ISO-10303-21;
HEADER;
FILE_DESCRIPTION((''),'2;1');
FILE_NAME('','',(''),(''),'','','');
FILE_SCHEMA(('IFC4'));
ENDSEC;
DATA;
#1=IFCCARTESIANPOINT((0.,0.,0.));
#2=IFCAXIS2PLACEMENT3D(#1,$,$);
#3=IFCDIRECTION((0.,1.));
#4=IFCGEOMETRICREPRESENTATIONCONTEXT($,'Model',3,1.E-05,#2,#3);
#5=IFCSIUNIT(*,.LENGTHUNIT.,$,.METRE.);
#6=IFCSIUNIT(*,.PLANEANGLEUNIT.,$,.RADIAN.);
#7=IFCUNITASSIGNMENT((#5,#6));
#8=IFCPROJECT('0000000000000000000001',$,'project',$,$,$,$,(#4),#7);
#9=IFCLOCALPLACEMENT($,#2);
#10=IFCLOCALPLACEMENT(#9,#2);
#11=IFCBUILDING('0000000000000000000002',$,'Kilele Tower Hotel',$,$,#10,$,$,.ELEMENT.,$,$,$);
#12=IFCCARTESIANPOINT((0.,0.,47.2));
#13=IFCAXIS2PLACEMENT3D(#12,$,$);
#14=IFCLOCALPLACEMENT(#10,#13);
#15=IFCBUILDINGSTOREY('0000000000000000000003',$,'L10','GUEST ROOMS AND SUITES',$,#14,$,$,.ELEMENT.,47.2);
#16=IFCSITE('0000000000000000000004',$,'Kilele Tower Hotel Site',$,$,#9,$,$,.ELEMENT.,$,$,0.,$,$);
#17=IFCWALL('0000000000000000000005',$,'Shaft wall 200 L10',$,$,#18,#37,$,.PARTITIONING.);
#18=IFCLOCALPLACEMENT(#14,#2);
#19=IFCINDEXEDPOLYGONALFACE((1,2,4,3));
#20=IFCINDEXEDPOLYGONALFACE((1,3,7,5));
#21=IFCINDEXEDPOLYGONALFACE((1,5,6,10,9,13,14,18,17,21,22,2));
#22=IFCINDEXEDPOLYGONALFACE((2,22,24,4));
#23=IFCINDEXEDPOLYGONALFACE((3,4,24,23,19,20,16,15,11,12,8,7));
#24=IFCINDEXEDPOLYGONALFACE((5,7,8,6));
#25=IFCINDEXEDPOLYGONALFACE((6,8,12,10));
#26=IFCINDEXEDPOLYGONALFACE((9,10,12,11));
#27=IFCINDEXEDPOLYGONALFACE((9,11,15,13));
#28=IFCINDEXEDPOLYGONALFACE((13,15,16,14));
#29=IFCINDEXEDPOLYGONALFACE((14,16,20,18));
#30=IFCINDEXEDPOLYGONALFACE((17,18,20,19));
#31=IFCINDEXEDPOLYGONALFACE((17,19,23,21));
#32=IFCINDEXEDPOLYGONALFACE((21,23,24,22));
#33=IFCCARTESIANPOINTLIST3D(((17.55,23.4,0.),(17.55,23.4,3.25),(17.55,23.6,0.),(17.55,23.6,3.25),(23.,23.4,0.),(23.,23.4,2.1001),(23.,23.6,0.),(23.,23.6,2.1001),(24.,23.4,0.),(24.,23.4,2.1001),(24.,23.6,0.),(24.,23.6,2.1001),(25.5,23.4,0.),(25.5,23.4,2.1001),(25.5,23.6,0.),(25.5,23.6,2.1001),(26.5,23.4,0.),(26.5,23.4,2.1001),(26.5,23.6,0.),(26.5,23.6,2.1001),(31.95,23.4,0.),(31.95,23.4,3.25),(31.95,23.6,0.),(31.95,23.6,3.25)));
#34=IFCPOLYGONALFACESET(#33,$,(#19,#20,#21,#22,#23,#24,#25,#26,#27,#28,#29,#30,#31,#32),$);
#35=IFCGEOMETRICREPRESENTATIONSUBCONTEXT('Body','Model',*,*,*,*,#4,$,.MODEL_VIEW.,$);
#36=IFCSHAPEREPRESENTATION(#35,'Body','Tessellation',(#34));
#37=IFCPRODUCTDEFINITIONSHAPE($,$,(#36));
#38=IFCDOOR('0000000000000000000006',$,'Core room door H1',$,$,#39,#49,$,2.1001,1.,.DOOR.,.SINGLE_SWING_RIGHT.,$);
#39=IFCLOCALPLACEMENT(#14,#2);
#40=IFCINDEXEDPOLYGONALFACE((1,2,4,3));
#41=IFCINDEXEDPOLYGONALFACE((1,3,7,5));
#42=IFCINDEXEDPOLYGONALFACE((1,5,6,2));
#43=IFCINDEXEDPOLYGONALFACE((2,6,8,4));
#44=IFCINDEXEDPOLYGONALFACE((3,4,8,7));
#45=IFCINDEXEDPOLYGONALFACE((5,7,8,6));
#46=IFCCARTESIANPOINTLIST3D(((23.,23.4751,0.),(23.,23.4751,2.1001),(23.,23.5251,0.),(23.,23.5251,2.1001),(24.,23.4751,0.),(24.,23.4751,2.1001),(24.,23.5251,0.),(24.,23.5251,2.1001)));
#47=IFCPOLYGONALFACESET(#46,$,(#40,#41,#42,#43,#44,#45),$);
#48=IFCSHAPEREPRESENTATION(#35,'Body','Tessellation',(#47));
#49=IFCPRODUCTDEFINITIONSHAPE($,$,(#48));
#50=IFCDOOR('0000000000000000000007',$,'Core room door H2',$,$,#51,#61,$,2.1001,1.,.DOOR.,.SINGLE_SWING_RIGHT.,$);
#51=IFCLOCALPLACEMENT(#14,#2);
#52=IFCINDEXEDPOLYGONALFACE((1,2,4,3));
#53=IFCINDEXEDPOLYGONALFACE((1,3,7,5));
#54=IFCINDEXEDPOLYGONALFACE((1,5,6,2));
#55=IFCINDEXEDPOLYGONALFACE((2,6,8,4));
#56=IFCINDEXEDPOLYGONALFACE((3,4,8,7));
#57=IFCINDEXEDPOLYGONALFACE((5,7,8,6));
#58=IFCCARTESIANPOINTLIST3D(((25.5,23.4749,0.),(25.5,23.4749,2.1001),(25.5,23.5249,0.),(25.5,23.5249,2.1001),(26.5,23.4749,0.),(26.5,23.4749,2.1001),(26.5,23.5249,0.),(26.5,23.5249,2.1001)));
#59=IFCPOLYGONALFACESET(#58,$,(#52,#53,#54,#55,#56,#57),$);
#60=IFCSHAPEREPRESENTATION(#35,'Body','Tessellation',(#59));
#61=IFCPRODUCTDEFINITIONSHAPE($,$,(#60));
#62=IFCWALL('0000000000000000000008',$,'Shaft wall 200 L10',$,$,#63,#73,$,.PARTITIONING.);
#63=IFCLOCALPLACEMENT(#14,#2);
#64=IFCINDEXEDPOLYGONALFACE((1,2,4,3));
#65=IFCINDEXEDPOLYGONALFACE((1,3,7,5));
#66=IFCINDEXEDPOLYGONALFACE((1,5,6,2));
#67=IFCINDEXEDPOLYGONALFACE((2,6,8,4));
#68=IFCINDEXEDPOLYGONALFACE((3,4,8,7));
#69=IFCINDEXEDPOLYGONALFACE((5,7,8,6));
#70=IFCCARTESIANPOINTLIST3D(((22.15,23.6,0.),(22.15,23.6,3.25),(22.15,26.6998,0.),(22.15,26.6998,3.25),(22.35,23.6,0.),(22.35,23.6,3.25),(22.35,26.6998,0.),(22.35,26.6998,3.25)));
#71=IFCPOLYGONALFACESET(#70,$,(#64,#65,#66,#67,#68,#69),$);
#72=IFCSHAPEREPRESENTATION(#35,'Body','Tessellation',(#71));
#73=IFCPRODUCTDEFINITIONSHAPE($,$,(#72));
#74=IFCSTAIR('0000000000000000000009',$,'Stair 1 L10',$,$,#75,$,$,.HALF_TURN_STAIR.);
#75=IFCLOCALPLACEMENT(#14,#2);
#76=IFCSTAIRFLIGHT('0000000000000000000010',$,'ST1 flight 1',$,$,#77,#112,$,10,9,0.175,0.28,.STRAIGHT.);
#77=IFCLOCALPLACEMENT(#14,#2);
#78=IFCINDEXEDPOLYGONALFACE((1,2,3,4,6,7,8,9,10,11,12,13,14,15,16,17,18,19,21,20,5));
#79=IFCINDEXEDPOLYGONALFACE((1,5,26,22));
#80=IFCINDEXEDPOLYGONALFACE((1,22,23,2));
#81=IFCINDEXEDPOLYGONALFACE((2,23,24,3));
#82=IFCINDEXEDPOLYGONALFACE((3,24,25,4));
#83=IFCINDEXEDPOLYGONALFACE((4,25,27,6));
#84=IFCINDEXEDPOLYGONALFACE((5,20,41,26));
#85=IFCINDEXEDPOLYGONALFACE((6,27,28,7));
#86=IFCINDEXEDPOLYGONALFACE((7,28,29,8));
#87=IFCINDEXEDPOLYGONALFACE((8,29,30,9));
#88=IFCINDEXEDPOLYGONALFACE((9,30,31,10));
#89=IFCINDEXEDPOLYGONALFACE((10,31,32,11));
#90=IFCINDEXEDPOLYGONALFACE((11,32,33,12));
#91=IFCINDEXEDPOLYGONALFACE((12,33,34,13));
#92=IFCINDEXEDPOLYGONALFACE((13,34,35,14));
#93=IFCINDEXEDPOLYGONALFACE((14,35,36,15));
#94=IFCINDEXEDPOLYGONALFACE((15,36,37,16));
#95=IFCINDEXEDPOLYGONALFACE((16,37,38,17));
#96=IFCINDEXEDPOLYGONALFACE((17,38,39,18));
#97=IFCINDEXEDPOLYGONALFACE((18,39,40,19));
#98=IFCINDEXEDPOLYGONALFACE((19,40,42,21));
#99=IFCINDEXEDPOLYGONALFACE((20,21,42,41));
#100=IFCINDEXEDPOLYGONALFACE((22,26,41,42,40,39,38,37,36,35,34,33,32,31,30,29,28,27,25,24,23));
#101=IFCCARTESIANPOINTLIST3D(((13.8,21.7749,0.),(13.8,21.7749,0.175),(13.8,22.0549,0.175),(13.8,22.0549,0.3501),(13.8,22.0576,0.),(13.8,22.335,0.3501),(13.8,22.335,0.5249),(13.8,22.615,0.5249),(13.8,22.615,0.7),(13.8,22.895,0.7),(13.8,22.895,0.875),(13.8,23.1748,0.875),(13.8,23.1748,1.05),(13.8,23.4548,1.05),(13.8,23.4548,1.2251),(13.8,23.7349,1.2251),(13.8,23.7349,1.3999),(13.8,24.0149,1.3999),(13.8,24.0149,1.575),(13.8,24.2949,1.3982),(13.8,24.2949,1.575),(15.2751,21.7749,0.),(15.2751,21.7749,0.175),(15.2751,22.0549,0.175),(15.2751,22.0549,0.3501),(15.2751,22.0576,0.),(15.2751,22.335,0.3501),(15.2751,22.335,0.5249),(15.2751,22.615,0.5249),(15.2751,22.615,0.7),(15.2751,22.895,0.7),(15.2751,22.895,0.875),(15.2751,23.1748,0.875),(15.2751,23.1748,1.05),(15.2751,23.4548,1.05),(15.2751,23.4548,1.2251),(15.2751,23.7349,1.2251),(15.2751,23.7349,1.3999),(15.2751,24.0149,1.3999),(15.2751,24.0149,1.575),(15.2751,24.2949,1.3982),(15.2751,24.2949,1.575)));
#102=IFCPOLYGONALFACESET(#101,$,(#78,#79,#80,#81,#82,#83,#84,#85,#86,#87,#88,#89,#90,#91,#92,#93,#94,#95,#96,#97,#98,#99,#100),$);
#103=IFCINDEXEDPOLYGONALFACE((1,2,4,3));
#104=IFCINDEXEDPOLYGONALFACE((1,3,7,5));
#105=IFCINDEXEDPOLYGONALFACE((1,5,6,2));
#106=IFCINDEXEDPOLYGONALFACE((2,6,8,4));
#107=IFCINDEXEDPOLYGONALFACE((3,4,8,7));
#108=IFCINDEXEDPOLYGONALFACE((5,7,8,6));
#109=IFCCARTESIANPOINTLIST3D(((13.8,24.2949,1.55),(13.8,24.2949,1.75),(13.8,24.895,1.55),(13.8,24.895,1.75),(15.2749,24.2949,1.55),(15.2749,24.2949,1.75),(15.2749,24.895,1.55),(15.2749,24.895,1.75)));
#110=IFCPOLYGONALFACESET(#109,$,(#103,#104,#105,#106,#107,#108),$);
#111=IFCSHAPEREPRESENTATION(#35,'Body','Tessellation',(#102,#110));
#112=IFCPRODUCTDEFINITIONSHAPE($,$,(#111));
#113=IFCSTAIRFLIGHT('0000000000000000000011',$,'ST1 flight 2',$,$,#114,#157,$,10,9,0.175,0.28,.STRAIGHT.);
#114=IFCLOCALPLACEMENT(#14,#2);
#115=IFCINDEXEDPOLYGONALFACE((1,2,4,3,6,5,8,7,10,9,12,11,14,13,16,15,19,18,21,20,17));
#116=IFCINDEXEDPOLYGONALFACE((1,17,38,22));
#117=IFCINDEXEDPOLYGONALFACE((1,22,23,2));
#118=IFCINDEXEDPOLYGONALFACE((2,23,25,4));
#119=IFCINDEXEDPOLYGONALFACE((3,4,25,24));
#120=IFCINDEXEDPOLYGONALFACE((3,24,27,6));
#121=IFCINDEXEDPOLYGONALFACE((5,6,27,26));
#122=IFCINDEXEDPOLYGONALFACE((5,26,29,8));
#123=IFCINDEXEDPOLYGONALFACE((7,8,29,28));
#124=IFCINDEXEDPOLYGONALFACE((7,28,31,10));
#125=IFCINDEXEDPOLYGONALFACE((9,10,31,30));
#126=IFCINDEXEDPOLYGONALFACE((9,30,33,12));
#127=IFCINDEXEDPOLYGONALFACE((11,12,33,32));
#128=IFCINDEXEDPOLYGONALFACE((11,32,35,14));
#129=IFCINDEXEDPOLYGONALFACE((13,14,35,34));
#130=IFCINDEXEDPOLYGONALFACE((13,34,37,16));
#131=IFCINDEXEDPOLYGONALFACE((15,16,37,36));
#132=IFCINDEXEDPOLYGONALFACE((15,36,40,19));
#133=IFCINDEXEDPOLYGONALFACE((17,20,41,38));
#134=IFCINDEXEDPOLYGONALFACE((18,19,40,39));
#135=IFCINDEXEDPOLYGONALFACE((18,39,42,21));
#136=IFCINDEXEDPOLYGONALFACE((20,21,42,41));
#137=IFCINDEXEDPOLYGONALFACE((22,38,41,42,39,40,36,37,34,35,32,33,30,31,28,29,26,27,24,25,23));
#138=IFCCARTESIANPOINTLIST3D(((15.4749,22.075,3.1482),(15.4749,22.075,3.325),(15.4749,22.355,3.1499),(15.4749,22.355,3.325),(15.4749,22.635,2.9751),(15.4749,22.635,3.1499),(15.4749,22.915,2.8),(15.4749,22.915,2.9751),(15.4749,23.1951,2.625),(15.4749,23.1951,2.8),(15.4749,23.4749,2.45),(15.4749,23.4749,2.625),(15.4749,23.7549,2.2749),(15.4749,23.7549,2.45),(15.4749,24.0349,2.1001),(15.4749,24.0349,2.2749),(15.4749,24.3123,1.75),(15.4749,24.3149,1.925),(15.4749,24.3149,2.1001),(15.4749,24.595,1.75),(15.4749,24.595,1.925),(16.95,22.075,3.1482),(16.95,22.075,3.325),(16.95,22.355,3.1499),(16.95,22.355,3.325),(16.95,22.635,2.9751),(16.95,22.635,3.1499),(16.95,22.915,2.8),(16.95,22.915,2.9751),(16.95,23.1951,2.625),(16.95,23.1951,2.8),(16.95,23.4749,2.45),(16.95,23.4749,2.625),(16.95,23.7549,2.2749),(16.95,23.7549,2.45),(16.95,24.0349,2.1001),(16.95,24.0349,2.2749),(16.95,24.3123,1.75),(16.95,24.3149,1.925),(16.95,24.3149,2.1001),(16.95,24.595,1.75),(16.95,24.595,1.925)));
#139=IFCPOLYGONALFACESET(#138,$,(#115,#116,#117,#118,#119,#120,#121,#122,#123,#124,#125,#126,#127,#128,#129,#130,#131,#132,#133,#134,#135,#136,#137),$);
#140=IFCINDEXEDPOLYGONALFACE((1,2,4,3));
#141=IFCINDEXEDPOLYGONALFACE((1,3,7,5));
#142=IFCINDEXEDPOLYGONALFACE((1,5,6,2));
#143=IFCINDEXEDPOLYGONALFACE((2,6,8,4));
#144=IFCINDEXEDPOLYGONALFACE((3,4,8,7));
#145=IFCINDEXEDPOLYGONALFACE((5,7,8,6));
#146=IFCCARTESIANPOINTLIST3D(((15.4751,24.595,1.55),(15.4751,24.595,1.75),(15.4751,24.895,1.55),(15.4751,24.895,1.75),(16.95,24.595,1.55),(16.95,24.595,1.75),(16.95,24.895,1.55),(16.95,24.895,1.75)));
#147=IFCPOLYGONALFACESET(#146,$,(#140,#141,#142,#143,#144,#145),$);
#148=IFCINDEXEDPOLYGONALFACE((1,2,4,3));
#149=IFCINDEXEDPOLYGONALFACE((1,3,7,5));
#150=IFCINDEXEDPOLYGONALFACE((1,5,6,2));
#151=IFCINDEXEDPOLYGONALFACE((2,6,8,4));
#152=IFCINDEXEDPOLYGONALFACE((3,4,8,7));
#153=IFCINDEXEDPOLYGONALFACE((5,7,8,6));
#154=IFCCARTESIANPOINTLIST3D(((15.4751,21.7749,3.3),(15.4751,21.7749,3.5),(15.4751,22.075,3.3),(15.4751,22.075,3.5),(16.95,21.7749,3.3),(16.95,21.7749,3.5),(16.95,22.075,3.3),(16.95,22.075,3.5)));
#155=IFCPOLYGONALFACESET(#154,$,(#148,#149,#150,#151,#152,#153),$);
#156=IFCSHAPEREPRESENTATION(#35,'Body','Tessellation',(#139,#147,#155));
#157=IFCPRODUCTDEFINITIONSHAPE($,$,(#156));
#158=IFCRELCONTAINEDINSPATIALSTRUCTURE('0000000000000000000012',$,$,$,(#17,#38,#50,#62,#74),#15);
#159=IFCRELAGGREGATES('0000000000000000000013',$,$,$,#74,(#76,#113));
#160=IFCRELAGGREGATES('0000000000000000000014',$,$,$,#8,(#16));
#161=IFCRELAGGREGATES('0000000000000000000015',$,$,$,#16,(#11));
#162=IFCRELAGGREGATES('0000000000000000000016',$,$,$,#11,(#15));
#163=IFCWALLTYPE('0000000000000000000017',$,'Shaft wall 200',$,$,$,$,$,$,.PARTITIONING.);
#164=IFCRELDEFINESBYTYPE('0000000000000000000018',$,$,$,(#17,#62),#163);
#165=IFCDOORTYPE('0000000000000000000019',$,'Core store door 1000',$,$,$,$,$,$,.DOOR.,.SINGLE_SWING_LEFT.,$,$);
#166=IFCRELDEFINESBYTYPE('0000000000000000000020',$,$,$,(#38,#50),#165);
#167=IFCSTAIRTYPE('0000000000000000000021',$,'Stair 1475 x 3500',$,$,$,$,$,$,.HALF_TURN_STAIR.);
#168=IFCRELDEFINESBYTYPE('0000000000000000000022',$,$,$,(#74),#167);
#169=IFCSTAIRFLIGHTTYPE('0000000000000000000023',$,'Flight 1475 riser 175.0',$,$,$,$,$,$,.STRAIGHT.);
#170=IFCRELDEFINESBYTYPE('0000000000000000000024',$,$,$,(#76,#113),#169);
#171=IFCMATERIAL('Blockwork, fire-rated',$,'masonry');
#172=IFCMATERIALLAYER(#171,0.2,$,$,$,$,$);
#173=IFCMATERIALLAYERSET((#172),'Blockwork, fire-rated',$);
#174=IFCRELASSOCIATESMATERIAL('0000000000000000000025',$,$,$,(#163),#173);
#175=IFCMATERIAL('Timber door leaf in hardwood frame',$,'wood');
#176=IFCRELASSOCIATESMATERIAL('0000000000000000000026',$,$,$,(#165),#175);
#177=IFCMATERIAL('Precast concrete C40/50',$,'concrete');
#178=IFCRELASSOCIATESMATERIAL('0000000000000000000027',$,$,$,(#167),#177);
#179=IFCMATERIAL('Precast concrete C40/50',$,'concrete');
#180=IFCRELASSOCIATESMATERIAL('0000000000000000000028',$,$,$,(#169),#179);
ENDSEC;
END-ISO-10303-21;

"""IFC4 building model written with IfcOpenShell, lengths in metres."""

from ifc_helpers import new_model, si_unit, direction, frame, frame_2d, origin, place, context, subcontext, project, spatial, polyline, rectangle, outline, extrude, material, layer, layer_set, type_object, element, fill, aggregate, save


model = new_model("IFC4")

# Units and contexts
model_context = context("Model", 3, precision=1e-05, world=origin(), true_north=direction((0.0, 1.0)))
body_context = subcontext(model_context, "Body", "Model", "MODEL_VIEW")
ifc_project = project(units=[si_unit("LENGTHUNIT", "METRE"), si_unit("PLANEANGLEUNIT", "RADIAN")], contexts=[model_context])

# Site, building, storey
site_placement = place(None, origin())
site = spatial("IfcSite", under=ifc_project, at=site_placement, Name="Kilele Tower Hotel Site", CompositionType="ELEMENT", RefElevation=0.0)
building_placement = place(site_placement, origin())
building = spatial("IfcBuilding", under=site, at=building_placement, Name="Kilele Tower Hotel", CompositionType="ELEMENT")
storey_placement = place(building_placement, frame((0.0, 0.0, 47.2)))
storey = spatial("IfcBuildingStorey", under=building, at=storey_placement, Name="L10", Description="GUEST ROOMS AND SUITES", CompositionType="ELEMENT", Elevation=47.2)

# Shared definitions
ifc_material_1 = material(Name="Blockwork, fire-rated", Category="masonry")
ifc_layer_1 = layer(ifc_material_1, 0.2)
ifc_layer_set_1 = layer_set([ifc_layer_1], Name="Blockwork, fire-rated")
wall_type_1 = type_object("IfcWallType", Name="Shaft wall 200", PredefinedType="PARTITIONING", material=ifc_layer_set_1)

# Wall, openings, doors
wall_1_placement = place(storey_placement, frame((17.55, 23.5, 0.0), z_axis=(0.0, 0.0, 1.0), x_axis=(1.0, 0.0, 0.0)))
wall_1 = element("IfcWall", 1, at=wall_1_placement, inside=storey, type_object=wall_type_1, Name="Shaft wall 200 L10", PredefinedType="PARTITIONING", context=body_context, shape_type="SweptSolid", body=[
    extrude(rectangle(XDim=14.3999, YDim=0.2, at=frame_2d((7.2, 0.0))), origin(), (0.0, 0.0, 1.0), 3.25),
])
opening_1_placement = place(wall_1_placement, frame((6.45, 0.0, 0.0), z_axis=(0.0, 0.0, 1.0), x_axis=(-1.0, 0.0, 0.0)))
opening_1 = element("IfcOpeningElement", 2, at=opening_1_placement, cuts=wall_1, PredefinedType="OPENING", context=body_context, shape_type="SweptSolid", body=[
    extrude(rectangle(XDim=1.0, YDim=2.1001, at=frame_2d((0.5, 1.05))), frame((0.0, 0.1099, 0.0), z_axis=(0.0, -1.0, 0.0), x_axis=(1.0, 0.0, 0.0)), (0.0, 0.0, 1.0), 0.22),
])
opening_2_placement = place(wall_1_placement, frame((7.95, 0.0, 0.0)))
opening_2 = element("IfcOpeningElement", 3, at=opening_2_placement, cuts=wall_1, PredefinedType="OPENING", context=body_context, shape_type="SweptSolid", body=[
    extrude(rectangle(XDim=1.0, YDim=2.1001, at=frame_2d((0.5, 1.05))), frame((0.0, 0.1099, 0.0), z_axis=(0.0, -1.0, 0.0), x_axis=(1.0, 0.0, 0.0)), (0.0, 0.0, 1.0), 0.22),
])
ifc_material_2 = material(Name="Timber door leaf in hardwood frame", Category="wood")
door_type_1 = type_object("IfcDoorType", Name="Core store door 1000", OperationType="SINGLE_SWING_LEFT", PredefinedType="DOOR", material=ifc_material_2)
door_1_placement = place(opening_1_placement, origin())
door_1 = element("IfcDoor", 4, at=door_1_placement, inside=storey, type_object=door_type_1, Name="Core room door H1", OperationType="SINGLE_SWING_RIGHT", OverallHeight=2.1001, OverallWidth=1.0, PredefinedType="DOOR", context=body_context, shape_type="SweptSolid", body=[
    extrude(rectangle(XDim=1.0, YDim=2.1001, at=frame_2d((0.5, 1.05))), frame((0.0, 0.0249, 0.0), z_axis=(0.0, -1.0, 0.0), x_axis=(1.0, 0.0, 0.0)), (0.0, 0.0, 1.0), 0.05),
])
fill(opening_1, door_1)
door_2_placement = place(opening_2_placement, origin())
door_2 = element("IfcDoor", 5, at=door_2_placement, inside=storey, type_object=door_type_1, Name="Core room door H2", OperationType="SINGLE_SWING_RIGHT", OverallHeight=2.1001, OverallWidth=1.0, PredefinedType="DOOR", context=body_context, shape_type="SweptSolid", body=[
    extrude(rectangle(XDim=1.0, YDim=2.1001, at=frame_2d((0.5, 1.05))), frame((0.0, 0.0249, 0.0), z_axis=(0.0, -1.0, 0.0), x_axis=(1.0, 0.0, 0.0)), (0.0, 0.0, 1.0), 0.05),
])
fill(opening_2, door_2)

# Wall
wall_2_placement = place(storey_placement, frame((22.25, 23.6001, 0.0), z_axis=(0.0, 0.0, 1.0), x_axis=(0.0, 1.0, 0.0)))
element("IfcWall", 6, at=wall_2_placement, inside=storey, type_object=wall_type_1, Name="Shaft wall 200 L10", PredefinedType="PARTITIONING", context=body_context, shape_type="SweptSolid", body=[
    extrude(rectangle(XDim=3.0999, YDim=0.2, at=frame_2d((1.5498, 0.0))), origin(), (0.0, 0.0, 1.0), 3.25),
])

# Stair, stair flights
ifc_material_3 = material(Name="Precast concrete C40/50", Category="concrete")
stair_type = type_object("IfcStairType", Name="Stair 1475 x 3500", PredefinedType="HALF_TURN_STAIR", material=ifc_material_3)
stair_placement = place(storey_placement, origin())
stair = element("IfcStair", 7, at=stair_placement, inside=storey, type_object=stair_type, Name="Stair 1 L10", PredefinedType="HALF_TURN_STAIR")
ifc_material_4 = material(Name="Precast concrete C40/50", Category="concrete")
stair_flight_type = type_object("IfcStairFlightType", Name="Flight 1475 riser 175.0", PredefinedType="STRAIGHT", material=ifc_material_4)
stair_flight_1_placement = place(storey_placement, frame((14.5376, 21.7749, 0.0), z_axis=(0.0, 0.0, 1.0), x_axis=(0.0, 1.0, 0.0)))
stair_flight_1 = element("IfcStairFlight", 8, at=stair_flight_1_placement, type_object=stair_flight_type, Name="ST1 flight 1", NumberOfRisers=10, NumberOfTreads=9, PredefinedType="STRAIGHT", RiserHeight=0.175, TreadLength=0.28, context=body_context, shape_type="SweptSolid", body=[
    extrude(outline(polyline([(0.0, 0.0), (0.0, 0.175), (0.28, 0.175), (0.28, 0.3501), (0.5601, 0.3501), (0.5601, 0.5249), (0.8401, 0.5249), (0.8401, 0.7), (1.1201, 0.7), (1.1201, 0.875), (1.3999, 0.875), (1.3999, 1.05), (1.6799, 1.05), (1.6799, 1.2251), (1.96, 1.2251), (1.96, 1.3999), (2.24, 1.3999), (2.24, 1.575), (2.52, 1.575), (2.52, 1.75), (2.52, 1.3982), (0.2827, 0.0), (0.0, 0.0)])), frame((0.0, 0.7375, 0.0), z_axis=(0.0, -1.0, 0.0), x_axis=(1.0, 0.0, 0.0)), (0.0, 0.0, 1.0), 1.4751),
    extrude(outline(polyline([(2.52, 0.7375), (2.52, -0.7373), (3.1201, -0.7373), (3.1201, 0.7375), (2.52, 0.7375)])), frame((0.0, 0.0, 1.55)), (0.0, 0.0, 1.0), 0.2),
])
stair_flight_2_placement = place(storey_placement, frame((16.2124, 24.595, 1.75), z_axis=(0.0, 0.0, 1.0), x_axis=(0.0, -1.0, 0.0)))
stair_flight_2 = element("IfcStairFlight", 9, at=stair_flight_2_placement, type_object=stair_flight_type, Name="ST1 flight 2", NumberOfRisers=10, NumberOfTreads=9, PredefinedType="STRAIGHT", RiserHeight=0.175, TreadLength=0.28, context=body_context, shape_type="SweptSolid", body=[
    extrude(outline(polyline([(0.0, 0.0), (0.0, 0.175), (0.28, 0.175), (0.28, 0.3501), (0.5601, 0.3501), (0.5601, 0.5249), (0.8401, 0.5249), (0.8401, 0.7), (1.1201, 0.7), (1.1201, 0.875), (1.3999, 0.875), (1.3999, 1.05), (1.6799, 1.05), (1.6799, 1.2251), (1.96, 1.2251), (1.96, 1.3999), (2.24, 1.3999), (2.24, 1.575), (2.52, 1.575), (2.52, 1.75), (2.52, 1.3982), (0.2827, 0.0), (0.0, 0.0)])), frame((0.0, 0.7375, 0.0), z_axis=(0.0, -1.0, 0.0), x_axis=(1.0, 0.0, 0.0)), (0.0, 0.0, 1.0), 1.4751),
    extrude(outline(polyline([(0.0, -0.7373), (0.0, 0.7375), (-0.3, 0.7375), (-0.3, -0.7373), (0.0, -0.7373)])), frame((0.0, 0.0, -0.2)), (0.0, 0.0, 1.0), 0.2),
    extrude(outline(polyline([(2.8201, -0.7373), (2.8201, 0.7375), (2.52, 0.7375), (2.52, -0.7373), (2.8201, -0.7373)])), frame((0.0, 0.0, 1.55)), (0.0, 0.0, 1.0), 0.2),
])
aggregate(stair, [stair_flight_1, stair_flight_2])

save(model, "model.ifc")
